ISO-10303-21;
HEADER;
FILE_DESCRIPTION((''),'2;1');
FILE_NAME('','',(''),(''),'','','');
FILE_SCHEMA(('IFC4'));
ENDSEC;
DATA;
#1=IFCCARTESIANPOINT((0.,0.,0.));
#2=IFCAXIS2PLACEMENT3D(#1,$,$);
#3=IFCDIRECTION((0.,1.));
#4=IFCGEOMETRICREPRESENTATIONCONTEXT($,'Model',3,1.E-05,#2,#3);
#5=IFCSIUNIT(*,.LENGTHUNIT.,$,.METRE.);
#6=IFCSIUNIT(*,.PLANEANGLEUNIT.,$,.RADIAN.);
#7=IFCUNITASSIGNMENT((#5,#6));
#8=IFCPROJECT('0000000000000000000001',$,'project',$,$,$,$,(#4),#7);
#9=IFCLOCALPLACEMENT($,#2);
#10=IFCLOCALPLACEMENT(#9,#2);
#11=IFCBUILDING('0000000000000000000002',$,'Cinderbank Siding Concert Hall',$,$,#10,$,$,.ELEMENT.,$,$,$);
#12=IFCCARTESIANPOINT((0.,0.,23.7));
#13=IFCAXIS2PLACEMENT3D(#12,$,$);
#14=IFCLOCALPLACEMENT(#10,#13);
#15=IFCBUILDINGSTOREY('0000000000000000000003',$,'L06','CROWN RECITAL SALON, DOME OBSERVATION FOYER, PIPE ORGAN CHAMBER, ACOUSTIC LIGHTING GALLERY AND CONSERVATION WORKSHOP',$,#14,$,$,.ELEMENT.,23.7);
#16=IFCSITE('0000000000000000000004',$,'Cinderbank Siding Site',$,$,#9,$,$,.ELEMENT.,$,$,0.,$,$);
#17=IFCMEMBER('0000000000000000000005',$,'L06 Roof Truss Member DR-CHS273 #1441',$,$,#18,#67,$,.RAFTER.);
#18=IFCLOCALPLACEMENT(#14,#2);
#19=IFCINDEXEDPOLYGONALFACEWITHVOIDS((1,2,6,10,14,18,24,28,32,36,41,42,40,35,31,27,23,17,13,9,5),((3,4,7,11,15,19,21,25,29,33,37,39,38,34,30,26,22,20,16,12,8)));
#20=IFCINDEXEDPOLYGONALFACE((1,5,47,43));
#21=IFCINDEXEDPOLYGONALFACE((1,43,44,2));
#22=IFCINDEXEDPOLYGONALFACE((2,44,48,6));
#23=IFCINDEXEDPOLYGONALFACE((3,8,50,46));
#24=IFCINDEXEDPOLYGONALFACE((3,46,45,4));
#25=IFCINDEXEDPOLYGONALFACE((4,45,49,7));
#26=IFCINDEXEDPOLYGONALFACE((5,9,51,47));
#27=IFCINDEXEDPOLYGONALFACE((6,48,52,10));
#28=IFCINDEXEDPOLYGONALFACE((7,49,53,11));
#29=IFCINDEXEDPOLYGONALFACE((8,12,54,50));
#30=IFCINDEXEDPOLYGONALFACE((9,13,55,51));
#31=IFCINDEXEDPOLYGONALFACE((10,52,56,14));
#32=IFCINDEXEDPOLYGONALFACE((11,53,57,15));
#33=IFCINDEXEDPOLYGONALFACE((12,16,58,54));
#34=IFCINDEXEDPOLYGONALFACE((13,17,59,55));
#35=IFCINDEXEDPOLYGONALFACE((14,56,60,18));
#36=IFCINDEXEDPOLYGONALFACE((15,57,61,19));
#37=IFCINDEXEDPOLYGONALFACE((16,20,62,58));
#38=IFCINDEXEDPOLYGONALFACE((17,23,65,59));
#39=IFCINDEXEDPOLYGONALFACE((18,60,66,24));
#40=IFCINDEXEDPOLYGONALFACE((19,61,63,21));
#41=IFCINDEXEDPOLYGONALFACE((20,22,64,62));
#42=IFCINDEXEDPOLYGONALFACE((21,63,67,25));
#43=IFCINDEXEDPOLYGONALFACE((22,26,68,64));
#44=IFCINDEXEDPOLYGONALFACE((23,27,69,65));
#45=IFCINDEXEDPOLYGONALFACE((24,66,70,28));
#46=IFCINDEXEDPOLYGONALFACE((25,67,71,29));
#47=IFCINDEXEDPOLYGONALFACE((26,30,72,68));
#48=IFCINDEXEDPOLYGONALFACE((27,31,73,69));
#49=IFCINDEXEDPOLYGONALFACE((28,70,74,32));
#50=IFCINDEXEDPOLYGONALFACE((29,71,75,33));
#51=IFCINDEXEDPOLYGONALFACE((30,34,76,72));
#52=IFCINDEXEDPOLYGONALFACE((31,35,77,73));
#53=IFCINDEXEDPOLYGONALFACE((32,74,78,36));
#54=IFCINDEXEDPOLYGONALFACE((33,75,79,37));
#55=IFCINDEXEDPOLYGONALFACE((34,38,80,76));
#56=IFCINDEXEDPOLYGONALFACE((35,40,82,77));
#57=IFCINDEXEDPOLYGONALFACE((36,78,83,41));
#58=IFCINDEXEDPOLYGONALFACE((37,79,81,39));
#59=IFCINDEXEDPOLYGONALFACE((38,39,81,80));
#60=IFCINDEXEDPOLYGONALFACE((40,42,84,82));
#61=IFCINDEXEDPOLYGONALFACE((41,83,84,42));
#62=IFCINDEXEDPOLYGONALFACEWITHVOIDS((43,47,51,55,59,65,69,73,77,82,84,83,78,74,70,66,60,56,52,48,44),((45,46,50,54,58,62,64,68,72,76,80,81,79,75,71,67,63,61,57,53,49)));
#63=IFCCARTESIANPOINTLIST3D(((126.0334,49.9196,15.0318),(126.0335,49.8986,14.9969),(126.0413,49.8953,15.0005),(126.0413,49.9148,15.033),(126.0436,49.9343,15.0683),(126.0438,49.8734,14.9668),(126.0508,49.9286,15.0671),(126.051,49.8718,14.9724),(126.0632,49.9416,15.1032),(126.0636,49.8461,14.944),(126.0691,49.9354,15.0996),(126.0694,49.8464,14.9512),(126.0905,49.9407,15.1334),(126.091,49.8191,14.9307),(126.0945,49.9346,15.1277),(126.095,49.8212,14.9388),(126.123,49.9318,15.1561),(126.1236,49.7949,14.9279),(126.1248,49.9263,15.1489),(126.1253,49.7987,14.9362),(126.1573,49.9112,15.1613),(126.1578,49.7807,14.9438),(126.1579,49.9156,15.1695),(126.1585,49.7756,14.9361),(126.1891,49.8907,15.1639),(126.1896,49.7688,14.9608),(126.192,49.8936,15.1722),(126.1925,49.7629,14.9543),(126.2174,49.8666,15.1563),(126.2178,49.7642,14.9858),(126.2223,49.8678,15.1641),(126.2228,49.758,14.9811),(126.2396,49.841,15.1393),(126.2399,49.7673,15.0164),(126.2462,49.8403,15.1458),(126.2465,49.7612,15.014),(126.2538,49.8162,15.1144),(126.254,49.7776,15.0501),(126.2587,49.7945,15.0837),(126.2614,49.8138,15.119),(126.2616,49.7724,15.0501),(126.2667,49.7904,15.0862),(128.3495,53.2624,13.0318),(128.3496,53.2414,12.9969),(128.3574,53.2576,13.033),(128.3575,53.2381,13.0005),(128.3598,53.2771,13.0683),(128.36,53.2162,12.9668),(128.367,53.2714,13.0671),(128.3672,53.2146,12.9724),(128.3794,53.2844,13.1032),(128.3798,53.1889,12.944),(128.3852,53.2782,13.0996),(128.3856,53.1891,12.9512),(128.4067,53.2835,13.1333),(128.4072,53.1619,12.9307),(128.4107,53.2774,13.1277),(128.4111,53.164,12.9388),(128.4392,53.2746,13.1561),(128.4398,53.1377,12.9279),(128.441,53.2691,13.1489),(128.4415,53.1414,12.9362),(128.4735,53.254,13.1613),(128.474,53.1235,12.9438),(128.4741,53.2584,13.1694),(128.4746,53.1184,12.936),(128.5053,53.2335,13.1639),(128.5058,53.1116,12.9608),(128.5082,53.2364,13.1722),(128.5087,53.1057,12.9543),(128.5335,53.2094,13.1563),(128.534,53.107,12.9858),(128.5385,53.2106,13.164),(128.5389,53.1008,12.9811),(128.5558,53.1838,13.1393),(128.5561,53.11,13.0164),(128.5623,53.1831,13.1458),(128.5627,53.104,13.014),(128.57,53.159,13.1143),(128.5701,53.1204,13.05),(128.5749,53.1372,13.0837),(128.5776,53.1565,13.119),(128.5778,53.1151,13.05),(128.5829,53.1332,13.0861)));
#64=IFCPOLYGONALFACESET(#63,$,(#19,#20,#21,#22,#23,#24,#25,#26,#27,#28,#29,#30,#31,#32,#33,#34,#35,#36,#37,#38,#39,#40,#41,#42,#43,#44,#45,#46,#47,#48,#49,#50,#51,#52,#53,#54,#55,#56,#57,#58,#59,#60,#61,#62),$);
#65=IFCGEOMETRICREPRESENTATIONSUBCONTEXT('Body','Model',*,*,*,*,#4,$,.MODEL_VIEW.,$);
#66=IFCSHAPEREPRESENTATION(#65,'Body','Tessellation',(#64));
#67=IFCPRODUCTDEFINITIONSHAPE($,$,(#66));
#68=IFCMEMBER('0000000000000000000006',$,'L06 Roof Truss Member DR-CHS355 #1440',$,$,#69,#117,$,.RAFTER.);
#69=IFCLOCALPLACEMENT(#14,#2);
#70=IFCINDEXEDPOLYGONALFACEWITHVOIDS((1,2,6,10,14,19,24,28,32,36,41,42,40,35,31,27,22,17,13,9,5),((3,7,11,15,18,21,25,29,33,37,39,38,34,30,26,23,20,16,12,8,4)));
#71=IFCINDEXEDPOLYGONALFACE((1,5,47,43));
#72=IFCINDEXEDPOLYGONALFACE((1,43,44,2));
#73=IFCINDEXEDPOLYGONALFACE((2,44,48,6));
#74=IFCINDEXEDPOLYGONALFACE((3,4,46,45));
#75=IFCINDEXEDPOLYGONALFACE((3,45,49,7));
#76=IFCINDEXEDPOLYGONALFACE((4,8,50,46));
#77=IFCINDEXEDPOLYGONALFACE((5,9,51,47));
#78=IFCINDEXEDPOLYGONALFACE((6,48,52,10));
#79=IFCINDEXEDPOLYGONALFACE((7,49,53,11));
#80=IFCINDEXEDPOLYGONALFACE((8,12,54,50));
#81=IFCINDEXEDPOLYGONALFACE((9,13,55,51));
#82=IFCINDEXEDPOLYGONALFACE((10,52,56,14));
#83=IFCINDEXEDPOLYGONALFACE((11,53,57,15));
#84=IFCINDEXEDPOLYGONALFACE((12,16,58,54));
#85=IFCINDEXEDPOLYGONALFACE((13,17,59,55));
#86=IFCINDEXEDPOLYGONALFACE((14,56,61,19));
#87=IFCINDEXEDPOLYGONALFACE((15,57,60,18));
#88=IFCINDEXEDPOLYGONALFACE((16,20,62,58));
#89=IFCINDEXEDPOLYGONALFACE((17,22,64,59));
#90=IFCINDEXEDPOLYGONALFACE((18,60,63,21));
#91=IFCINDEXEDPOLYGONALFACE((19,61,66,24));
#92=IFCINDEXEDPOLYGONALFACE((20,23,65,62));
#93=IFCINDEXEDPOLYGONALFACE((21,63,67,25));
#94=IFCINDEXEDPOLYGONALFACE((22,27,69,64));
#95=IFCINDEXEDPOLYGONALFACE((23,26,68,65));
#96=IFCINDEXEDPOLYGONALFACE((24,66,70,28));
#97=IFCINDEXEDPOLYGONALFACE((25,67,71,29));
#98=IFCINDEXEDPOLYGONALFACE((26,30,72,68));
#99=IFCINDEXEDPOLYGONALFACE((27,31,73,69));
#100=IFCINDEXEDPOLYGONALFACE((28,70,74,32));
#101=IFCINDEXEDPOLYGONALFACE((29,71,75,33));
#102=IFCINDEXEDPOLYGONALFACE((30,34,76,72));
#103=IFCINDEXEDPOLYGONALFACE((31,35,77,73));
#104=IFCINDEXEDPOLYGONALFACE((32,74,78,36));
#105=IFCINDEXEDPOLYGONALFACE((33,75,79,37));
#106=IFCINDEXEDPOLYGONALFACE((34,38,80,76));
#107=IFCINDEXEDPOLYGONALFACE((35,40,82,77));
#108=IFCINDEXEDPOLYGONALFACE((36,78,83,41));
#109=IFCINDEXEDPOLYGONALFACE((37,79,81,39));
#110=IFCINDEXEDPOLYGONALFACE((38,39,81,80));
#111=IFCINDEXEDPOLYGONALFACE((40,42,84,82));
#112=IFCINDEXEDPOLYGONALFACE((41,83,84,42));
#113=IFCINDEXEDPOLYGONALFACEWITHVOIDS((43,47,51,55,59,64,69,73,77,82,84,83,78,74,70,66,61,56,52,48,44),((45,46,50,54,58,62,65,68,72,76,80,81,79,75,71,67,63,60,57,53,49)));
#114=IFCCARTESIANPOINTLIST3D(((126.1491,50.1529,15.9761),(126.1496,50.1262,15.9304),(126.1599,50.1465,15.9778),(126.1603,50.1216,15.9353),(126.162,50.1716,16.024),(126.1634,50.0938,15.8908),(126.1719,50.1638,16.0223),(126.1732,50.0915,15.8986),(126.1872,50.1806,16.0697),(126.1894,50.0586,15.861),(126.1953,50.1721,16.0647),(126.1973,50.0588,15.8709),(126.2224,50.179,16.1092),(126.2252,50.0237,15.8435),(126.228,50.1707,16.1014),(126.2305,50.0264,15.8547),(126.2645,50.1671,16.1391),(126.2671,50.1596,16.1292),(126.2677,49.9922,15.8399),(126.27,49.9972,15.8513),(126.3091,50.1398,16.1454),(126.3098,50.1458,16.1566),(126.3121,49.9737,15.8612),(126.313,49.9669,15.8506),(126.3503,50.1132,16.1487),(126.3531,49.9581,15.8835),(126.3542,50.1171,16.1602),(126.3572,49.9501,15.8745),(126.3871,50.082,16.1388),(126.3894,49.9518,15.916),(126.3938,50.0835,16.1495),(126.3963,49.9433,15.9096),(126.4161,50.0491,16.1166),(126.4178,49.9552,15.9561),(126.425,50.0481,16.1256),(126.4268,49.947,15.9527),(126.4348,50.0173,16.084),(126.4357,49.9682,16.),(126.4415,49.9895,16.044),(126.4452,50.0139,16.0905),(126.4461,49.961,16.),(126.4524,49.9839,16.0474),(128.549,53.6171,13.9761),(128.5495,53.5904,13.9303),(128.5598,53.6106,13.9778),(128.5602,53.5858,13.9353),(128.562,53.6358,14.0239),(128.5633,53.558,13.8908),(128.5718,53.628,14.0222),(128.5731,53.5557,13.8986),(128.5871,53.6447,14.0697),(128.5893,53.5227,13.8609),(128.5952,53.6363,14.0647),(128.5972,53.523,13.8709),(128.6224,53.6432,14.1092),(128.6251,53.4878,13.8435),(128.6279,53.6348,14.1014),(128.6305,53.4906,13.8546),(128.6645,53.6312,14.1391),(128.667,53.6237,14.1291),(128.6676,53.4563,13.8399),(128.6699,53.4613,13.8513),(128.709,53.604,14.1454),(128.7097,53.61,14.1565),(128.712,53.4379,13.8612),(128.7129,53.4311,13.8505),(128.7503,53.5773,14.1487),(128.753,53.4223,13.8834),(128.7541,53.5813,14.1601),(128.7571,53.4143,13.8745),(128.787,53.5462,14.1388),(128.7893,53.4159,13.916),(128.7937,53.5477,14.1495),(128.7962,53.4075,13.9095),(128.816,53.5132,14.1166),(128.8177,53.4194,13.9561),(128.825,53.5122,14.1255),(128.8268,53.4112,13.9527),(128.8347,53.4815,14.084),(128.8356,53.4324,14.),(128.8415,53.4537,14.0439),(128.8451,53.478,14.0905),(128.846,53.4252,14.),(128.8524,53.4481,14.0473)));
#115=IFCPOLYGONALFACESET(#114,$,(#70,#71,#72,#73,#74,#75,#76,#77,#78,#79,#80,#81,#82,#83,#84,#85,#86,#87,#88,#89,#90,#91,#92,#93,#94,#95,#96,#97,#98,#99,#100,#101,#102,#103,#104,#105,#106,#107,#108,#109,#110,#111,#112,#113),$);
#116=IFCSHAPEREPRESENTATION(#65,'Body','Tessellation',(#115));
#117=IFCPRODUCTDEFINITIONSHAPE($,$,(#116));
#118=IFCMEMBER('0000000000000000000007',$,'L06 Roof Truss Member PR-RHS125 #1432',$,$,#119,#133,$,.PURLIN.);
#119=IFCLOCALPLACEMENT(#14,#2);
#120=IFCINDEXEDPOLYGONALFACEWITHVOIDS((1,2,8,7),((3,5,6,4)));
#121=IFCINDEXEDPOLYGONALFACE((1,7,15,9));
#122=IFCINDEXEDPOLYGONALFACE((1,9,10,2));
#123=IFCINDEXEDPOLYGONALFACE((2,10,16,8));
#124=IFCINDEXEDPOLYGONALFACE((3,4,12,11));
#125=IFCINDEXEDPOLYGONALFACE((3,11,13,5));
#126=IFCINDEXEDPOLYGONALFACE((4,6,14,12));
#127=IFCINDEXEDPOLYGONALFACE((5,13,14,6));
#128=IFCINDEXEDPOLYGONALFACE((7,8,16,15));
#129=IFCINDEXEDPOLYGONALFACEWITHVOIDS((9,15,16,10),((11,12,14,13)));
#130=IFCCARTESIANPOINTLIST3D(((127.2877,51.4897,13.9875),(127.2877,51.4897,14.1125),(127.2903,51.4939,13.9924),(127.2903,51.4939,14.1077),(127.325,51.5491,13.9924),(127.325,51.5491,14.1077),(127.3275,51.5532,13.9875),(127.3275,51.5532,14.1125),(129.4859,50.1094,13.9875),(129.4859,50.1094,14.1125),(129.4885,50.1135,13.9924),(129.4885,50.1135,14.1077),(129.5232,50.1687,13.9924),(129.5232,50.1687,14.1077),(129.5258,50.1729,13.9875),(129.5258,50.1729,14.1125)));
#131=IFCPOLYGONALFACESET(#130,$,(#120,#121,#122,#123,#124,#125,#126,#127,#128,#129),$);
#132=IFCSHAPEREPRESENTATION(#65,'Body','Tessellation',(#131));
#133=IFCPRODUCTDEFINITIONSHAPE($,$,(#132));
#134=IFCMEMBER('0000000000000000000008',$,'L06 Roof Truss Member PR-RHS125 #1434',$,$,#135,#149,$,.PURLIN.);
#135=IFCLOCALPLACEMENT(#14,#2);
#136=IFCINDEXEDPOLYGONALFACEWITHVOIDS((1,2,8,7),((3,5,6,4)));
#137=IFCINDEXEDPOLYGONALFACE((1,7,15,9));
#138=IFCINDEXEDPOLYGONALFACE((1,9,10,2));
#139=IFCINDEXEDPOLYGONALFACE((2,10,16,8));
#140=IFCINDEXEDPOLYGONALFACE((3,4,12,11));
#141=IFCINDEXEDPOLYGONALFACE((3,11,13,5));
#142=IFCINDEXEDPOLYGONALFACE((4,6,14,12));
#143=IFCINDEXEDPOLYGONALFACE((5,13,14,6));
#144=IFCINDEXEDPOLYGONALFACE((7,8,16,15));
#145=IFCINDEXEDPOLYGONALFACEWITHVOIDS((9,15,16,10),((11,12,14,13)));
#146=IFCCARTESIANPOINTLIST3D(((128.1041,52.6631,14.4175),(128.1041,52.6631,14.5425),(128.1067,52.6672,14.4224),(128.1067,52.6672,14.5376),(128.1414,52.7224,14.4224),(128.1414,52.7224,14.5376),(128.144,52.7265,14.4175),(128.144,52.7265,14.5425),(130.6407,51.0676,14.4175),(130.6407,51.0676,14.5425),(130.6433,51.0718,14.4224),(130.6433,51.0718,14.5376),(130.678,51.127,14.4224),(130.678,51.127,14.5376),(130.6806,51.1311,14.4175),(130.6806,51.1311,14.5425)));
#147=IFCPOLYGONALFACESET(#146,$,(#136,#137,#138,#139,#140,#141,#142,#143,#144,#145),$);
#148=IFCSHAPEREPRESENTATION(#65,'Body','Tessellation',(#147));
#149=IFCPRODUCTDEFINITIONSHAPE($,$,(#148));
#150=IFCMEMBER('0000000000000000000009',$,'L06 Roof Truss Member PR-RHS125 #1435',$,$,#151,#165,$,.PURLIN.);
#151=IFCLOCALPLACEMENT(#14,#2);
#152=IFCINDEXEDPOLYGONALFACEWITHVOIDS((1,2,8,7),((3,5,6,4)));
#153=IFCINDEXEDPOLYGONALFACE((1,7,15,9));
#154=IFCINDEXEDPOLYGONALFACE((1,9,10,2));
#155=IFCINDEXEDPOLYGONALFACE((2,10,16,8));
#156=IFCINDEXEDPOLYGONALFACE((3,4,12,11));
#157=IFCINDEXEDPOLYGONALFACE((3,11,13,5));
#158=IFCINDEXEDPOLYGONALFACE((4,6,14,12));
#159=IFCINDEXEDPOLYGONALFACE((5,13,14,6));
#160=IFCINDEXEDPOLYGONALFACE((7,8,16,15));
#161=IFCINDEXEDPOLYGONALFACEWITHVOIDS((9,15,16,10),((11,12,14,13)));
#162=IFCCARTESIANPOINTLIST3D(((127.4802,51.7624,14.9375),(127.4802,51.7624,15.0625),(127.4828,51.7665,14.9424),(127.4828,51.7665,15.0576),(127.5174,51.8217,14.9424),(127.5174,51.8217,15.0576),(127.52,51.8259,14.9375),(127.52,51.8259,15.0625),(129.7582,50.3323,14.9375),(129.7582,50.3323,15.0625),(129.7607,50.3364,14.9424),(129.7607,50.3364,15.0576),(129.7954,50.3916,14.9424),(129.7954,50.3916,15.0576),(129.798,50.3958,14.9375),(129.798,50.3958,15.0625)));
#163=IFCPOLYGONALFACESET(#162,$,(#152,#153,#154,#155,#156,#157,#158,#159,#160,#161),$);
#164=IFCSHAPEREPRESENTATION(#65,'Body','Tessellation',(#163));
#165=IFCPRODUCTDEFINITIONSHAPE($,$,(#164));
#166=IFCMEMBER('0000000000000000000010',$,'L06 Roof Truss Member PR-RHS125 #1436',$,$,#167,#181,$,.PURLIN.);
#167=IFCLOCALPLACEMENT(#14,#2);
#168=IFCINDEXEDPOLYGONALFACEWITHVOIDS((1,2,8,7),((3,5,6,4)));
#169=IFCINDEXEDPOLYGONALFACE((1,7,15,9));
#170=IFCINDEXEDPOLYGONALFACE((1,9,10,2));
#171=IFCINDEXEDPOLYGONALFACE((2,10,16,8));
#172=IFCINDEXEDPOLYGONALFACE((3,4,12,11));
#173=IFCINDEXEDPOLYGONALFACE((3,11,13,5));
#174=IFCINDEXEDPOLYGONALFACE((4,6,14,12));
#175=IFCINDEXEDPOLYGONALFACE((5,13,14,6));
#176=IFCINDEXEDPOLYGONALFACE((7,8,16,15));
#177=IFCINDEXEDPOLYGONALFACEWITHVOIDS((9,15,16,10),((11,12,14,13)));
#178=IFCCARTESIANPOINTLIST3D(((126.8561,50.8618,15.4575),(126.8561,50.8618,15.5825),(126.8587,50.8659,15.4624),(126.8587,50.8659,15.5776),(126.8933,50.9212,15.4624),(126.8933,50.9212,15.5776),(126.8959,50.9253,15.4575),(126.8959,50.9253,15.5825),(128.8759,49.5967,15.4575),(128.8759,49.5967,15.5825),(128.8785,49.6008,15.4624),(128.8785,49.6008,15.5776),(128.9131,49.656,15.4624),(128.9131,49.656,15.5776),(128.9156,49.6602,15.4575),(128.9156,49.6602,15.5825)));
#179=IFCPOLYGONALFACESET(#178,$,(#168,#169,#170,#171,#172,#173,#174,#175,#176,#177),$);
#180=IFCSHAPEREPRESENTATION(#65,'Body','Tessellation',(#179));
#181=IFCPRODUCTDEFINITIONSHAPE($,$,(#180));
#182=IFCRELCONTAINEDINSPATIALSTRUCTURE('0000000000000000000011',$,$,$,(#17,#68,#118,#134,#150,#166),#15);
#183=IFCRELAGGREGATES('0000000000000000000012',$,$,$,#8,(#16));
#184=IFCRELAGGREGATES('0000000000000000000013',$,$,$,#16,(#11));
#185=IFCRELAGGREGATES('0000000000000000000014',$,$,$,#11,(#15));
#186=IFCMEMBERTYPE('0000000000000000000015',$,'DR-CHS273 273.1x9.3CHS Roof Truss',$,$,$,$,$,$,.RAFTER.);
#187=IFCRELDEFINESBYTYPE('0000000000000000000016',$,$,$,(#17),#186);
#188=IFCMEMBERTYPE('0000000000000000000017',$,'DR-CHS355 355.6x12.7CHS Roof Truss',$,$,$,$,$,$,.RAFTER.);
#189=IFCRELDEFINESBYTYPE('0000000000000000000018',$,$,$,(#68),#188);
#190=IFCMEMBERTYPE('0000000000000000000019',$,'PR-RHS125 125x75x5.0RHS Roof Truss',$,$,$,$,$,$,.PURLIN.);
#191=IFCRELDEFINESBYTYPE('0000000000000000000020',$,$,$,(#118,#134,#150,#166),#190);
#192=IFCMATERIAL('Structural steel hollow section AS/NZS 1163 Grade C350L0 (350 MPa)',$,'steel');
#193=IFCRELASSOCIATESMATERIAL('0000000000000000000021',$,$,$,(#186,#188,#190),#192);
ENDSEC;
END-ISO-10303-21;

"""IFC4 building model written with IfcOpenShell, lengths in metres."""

from ifc_helpers import new_model, si_unit, direction, frame, origin, origin_2d, place, context, subcontext, project, spatial, hollow_rectangle, hollow_circle, extrude, material, material_profile, profile_set, type_object, element, save


model = new_model("IFC4")

# Units and contexts
model_context = context("Model", 3, precision=1e-05, world=origin(), true_north=direction((0.0, 1.0)))
body_context = subcontext(model_context, "Body", "Model", "MODEL_VIEW")
ifc_project = project(units=[si_unit("LENGTHUNIT", "METRE"), si_unit("PLANEANGLEUNIT", "RADIAN")], contexts=[model_context])

# Site, building, storey
site_placement = place(None, origin())
site = spatial("IfcSite", under=ifc_project, at=site_placement, Name="Cinderbank Siding Site", CompositionType="ELEMENT", RefElevation=0.0)
building_placement = place(site_placement, origin())
building = spatial("IfcBuilding", under=site, at=building_placement, Name="Cinderbank Siding Concert Hall", CompositionType="ELEMENT")
storey_placement = place(building_placement, frame((0.0, 0.0, 23.7)))
storey = spatial("IfcBuildingStorey", under=building, at=storey_placement, Name="L06", Description="CROWN RECITAL SALON, DOME OBSERVATION FOYER, PIPE ORGAN CHAMBER, ACOUSTIC LIGHTING GALLERY AND CONSERVATION WORKSHOP", CompositionType="ELEMENT", Elevation=23.7)

# Members
ifc_material_1 = material(Name="Structural steel hollow section AS/NZS 1163 Grade C350L0 (350 MPa)", Category="steel")
ifc_material_profile_1 = material_profile(ifc_material_1, hollow_circle(Radius=0.1365, WallThickness=0.0093, at=origin_2d()), Name="273.1x9.3CHS", Category="LoadBearing")
ifc_profile_set_1 = profile_set([ifc_material_profile_1], Name="Structural steel hollow section AS/NZS 1163 Grade C350L0 (350 MPa)")
member_type_1 = type_object("IfcMemberType", Name="DR-CHS273 273.1x9.3CHS Roof Truss", PredefinedType="RAFTER", material=ifc_profile_set_1)
member_1_placement = place(storey_placement, frame((128.4656, 53.1929, 13.05), z_axis=(-0.511072, -0.737599, 0.441309), x_axis=(0.82197, -0.569531, 0.0)))
element("IfcMember", 1, at=member_1_placement, inside=storey, type_object=member_type_1, Name="L06 Roof Truss Member DR-CHS273 #1441", PredefinedType="RAFTER", context=body_context, shape_type="SweptSolid", body=[
    extrude(hollow_circle(Radius=0.1365, WallThickness=0.0093, at=origin_2d()), origin(), (0.0, 0.0, 1.0), 4.532),
])
ifc_material_profile_2 = material_profile(ifc_material_1, hollow_circle(Radius=0.1777, WallThickness=0.0127, at=origin_2d()), Name="355.6x12.7CHS", Category="LoadBearing")
ifc_profile_set_2 = profile_set([ifc_material_profile_2], Name="Structural steel hollow section AS/NZS 1163 Grade C350L0 (350 MPa)")
member_type_2 = type_object("IfcMemberType", Name="DR-CHS355 355.6x12.7CHS Roof Truss", PredefinedType="RAFTER", material=ifc_profile_set_2)
member_2_placement = place(storey_placement, frame((128.7, 53.5264, 14.0), z_axis=(-0.51448, -0.74262, 0.42875), x_axis=(0.822007, -0.569478, 0.0)))
element("IfcMember", 2, at=member_2_placement, inside=storey, type_object=member_type_2, Name="L06 Roof Truss Member DR-CHS355 #1440", PredefinedType="RAFTER", context=body_context, shape_type="SweptSolid", body=[
    extrude(hollow_circle(Radius=0.1777, WallThickness=0.0127, at=origin_2d()), origin(), (0.0, 0.0, 1.0), 4.6648),
])
ifc_material_profile_3 = material_profile(ifc_material_1, hollow_rectangle(XDim=0.075, YDim=0.125, WallThickness=0.0049, at=origin_2d()), Name="125x75x5.0RHS", Category="LoadBearing")
ifc_profile_set_3 = profile_set([ifc_material_profile_3], Name="Structural steel hollow section AS/NZS 1163 Grade C350L0 (350 MPa)")
member_type_3 = type_object("IfcMemberType", Name="PR-RHS125 125x75x5.0RHS Roof Truss", PredefinedType="PURLIN", material=ifc_profile_set_3)
member_3_placement = place(storey_placement, frame((129.5059, 50.1411, 14.05), z_axis=(-0.846876, 0.53179, 0.0), x_axis=(-0.53179, -0.846876, 0.0)))
element("IfcMember", 3, at=member_3_placement, inside=storey, type_object=member_type_3, Name="L06 Roof Truss Member PR-RHS125 #1432", PredefinedType="PURLIN", context=body_context, shape_type="SweptSolid", body=[
    extrude(hollow_rectangle(XDim=0.075, YDim=0.125, WallThickness=0.0049, at=origin_2d()), origin(), (0.0, 0.0, 1.0), 2.5957),
])
member_4_placement = place(storey_placement, frame((130.6606, 51.0994, 14.48), z_axis=(-0.846484, 0.532413, 0.0), x_axis=(-0.532413, -0.846484, 0.0)))
element("IfcMember", 4, at=member_4_placement, inside=storey, type_object=member_type_3, Name="L06 Roof Truss Member PR-RHS125 #1434", PredefinedType="PURLIN", context=body_context, shape_type="SweptSolid", body=[
    extrude(hollow_rectangle(XDim=0.075, YDim=0.125, WallThickness=0.0049, at=origin_2d()), origin(), (0.0, 0.0, 1.0), 2.9966),
])
member_5_placement = place(storey_placement, frame((129.7781, 50.364, 15.0), z_axis=(-0.846931, 0.531703, 0.0), x_axis=(-0.531703, -0.846931, 0.0)))
element("IfcMember", 5, at=member_5_placement, inside=storey, type_object=member_type_3, Name="L06 Roof Truss Member PR-RHS125 #1435", PredefinedType="PURLIN", context=body_context, shape_type="SweptSolid", body=[
    extrude(hollow_rectangle(XDim=0.075, YDim=0.125, WallThickness=0.0049, at=origin_2d()), origin(), (0.0, 0.0, 1.0), 2.6897),
])
member_6_placement = place(storey_placement, frame((128.8958, 49.6284, 15.52), z_axis=(-0.847474, 0.530837, 0.0), x_axis=(-0.530837, -0.847474, 0.0)))
element("IfcMember", 6, at=member_6_placement, inside=storey, type_object=member_type_3, Name="L06 Roof Truss Member PR-RHS125 #1436", PredefinedType="PURLIN", context=body_context, shape_type="SweptSolid", body=[
    extrude(hollow_rectangle(XDim=0.075, YDim=0.125, WallThickness=0.0049, at=origin_2d()), origin(), (0.0, 0.0, 1.0), 2.3833),
])

save(model, "model.ifc")
